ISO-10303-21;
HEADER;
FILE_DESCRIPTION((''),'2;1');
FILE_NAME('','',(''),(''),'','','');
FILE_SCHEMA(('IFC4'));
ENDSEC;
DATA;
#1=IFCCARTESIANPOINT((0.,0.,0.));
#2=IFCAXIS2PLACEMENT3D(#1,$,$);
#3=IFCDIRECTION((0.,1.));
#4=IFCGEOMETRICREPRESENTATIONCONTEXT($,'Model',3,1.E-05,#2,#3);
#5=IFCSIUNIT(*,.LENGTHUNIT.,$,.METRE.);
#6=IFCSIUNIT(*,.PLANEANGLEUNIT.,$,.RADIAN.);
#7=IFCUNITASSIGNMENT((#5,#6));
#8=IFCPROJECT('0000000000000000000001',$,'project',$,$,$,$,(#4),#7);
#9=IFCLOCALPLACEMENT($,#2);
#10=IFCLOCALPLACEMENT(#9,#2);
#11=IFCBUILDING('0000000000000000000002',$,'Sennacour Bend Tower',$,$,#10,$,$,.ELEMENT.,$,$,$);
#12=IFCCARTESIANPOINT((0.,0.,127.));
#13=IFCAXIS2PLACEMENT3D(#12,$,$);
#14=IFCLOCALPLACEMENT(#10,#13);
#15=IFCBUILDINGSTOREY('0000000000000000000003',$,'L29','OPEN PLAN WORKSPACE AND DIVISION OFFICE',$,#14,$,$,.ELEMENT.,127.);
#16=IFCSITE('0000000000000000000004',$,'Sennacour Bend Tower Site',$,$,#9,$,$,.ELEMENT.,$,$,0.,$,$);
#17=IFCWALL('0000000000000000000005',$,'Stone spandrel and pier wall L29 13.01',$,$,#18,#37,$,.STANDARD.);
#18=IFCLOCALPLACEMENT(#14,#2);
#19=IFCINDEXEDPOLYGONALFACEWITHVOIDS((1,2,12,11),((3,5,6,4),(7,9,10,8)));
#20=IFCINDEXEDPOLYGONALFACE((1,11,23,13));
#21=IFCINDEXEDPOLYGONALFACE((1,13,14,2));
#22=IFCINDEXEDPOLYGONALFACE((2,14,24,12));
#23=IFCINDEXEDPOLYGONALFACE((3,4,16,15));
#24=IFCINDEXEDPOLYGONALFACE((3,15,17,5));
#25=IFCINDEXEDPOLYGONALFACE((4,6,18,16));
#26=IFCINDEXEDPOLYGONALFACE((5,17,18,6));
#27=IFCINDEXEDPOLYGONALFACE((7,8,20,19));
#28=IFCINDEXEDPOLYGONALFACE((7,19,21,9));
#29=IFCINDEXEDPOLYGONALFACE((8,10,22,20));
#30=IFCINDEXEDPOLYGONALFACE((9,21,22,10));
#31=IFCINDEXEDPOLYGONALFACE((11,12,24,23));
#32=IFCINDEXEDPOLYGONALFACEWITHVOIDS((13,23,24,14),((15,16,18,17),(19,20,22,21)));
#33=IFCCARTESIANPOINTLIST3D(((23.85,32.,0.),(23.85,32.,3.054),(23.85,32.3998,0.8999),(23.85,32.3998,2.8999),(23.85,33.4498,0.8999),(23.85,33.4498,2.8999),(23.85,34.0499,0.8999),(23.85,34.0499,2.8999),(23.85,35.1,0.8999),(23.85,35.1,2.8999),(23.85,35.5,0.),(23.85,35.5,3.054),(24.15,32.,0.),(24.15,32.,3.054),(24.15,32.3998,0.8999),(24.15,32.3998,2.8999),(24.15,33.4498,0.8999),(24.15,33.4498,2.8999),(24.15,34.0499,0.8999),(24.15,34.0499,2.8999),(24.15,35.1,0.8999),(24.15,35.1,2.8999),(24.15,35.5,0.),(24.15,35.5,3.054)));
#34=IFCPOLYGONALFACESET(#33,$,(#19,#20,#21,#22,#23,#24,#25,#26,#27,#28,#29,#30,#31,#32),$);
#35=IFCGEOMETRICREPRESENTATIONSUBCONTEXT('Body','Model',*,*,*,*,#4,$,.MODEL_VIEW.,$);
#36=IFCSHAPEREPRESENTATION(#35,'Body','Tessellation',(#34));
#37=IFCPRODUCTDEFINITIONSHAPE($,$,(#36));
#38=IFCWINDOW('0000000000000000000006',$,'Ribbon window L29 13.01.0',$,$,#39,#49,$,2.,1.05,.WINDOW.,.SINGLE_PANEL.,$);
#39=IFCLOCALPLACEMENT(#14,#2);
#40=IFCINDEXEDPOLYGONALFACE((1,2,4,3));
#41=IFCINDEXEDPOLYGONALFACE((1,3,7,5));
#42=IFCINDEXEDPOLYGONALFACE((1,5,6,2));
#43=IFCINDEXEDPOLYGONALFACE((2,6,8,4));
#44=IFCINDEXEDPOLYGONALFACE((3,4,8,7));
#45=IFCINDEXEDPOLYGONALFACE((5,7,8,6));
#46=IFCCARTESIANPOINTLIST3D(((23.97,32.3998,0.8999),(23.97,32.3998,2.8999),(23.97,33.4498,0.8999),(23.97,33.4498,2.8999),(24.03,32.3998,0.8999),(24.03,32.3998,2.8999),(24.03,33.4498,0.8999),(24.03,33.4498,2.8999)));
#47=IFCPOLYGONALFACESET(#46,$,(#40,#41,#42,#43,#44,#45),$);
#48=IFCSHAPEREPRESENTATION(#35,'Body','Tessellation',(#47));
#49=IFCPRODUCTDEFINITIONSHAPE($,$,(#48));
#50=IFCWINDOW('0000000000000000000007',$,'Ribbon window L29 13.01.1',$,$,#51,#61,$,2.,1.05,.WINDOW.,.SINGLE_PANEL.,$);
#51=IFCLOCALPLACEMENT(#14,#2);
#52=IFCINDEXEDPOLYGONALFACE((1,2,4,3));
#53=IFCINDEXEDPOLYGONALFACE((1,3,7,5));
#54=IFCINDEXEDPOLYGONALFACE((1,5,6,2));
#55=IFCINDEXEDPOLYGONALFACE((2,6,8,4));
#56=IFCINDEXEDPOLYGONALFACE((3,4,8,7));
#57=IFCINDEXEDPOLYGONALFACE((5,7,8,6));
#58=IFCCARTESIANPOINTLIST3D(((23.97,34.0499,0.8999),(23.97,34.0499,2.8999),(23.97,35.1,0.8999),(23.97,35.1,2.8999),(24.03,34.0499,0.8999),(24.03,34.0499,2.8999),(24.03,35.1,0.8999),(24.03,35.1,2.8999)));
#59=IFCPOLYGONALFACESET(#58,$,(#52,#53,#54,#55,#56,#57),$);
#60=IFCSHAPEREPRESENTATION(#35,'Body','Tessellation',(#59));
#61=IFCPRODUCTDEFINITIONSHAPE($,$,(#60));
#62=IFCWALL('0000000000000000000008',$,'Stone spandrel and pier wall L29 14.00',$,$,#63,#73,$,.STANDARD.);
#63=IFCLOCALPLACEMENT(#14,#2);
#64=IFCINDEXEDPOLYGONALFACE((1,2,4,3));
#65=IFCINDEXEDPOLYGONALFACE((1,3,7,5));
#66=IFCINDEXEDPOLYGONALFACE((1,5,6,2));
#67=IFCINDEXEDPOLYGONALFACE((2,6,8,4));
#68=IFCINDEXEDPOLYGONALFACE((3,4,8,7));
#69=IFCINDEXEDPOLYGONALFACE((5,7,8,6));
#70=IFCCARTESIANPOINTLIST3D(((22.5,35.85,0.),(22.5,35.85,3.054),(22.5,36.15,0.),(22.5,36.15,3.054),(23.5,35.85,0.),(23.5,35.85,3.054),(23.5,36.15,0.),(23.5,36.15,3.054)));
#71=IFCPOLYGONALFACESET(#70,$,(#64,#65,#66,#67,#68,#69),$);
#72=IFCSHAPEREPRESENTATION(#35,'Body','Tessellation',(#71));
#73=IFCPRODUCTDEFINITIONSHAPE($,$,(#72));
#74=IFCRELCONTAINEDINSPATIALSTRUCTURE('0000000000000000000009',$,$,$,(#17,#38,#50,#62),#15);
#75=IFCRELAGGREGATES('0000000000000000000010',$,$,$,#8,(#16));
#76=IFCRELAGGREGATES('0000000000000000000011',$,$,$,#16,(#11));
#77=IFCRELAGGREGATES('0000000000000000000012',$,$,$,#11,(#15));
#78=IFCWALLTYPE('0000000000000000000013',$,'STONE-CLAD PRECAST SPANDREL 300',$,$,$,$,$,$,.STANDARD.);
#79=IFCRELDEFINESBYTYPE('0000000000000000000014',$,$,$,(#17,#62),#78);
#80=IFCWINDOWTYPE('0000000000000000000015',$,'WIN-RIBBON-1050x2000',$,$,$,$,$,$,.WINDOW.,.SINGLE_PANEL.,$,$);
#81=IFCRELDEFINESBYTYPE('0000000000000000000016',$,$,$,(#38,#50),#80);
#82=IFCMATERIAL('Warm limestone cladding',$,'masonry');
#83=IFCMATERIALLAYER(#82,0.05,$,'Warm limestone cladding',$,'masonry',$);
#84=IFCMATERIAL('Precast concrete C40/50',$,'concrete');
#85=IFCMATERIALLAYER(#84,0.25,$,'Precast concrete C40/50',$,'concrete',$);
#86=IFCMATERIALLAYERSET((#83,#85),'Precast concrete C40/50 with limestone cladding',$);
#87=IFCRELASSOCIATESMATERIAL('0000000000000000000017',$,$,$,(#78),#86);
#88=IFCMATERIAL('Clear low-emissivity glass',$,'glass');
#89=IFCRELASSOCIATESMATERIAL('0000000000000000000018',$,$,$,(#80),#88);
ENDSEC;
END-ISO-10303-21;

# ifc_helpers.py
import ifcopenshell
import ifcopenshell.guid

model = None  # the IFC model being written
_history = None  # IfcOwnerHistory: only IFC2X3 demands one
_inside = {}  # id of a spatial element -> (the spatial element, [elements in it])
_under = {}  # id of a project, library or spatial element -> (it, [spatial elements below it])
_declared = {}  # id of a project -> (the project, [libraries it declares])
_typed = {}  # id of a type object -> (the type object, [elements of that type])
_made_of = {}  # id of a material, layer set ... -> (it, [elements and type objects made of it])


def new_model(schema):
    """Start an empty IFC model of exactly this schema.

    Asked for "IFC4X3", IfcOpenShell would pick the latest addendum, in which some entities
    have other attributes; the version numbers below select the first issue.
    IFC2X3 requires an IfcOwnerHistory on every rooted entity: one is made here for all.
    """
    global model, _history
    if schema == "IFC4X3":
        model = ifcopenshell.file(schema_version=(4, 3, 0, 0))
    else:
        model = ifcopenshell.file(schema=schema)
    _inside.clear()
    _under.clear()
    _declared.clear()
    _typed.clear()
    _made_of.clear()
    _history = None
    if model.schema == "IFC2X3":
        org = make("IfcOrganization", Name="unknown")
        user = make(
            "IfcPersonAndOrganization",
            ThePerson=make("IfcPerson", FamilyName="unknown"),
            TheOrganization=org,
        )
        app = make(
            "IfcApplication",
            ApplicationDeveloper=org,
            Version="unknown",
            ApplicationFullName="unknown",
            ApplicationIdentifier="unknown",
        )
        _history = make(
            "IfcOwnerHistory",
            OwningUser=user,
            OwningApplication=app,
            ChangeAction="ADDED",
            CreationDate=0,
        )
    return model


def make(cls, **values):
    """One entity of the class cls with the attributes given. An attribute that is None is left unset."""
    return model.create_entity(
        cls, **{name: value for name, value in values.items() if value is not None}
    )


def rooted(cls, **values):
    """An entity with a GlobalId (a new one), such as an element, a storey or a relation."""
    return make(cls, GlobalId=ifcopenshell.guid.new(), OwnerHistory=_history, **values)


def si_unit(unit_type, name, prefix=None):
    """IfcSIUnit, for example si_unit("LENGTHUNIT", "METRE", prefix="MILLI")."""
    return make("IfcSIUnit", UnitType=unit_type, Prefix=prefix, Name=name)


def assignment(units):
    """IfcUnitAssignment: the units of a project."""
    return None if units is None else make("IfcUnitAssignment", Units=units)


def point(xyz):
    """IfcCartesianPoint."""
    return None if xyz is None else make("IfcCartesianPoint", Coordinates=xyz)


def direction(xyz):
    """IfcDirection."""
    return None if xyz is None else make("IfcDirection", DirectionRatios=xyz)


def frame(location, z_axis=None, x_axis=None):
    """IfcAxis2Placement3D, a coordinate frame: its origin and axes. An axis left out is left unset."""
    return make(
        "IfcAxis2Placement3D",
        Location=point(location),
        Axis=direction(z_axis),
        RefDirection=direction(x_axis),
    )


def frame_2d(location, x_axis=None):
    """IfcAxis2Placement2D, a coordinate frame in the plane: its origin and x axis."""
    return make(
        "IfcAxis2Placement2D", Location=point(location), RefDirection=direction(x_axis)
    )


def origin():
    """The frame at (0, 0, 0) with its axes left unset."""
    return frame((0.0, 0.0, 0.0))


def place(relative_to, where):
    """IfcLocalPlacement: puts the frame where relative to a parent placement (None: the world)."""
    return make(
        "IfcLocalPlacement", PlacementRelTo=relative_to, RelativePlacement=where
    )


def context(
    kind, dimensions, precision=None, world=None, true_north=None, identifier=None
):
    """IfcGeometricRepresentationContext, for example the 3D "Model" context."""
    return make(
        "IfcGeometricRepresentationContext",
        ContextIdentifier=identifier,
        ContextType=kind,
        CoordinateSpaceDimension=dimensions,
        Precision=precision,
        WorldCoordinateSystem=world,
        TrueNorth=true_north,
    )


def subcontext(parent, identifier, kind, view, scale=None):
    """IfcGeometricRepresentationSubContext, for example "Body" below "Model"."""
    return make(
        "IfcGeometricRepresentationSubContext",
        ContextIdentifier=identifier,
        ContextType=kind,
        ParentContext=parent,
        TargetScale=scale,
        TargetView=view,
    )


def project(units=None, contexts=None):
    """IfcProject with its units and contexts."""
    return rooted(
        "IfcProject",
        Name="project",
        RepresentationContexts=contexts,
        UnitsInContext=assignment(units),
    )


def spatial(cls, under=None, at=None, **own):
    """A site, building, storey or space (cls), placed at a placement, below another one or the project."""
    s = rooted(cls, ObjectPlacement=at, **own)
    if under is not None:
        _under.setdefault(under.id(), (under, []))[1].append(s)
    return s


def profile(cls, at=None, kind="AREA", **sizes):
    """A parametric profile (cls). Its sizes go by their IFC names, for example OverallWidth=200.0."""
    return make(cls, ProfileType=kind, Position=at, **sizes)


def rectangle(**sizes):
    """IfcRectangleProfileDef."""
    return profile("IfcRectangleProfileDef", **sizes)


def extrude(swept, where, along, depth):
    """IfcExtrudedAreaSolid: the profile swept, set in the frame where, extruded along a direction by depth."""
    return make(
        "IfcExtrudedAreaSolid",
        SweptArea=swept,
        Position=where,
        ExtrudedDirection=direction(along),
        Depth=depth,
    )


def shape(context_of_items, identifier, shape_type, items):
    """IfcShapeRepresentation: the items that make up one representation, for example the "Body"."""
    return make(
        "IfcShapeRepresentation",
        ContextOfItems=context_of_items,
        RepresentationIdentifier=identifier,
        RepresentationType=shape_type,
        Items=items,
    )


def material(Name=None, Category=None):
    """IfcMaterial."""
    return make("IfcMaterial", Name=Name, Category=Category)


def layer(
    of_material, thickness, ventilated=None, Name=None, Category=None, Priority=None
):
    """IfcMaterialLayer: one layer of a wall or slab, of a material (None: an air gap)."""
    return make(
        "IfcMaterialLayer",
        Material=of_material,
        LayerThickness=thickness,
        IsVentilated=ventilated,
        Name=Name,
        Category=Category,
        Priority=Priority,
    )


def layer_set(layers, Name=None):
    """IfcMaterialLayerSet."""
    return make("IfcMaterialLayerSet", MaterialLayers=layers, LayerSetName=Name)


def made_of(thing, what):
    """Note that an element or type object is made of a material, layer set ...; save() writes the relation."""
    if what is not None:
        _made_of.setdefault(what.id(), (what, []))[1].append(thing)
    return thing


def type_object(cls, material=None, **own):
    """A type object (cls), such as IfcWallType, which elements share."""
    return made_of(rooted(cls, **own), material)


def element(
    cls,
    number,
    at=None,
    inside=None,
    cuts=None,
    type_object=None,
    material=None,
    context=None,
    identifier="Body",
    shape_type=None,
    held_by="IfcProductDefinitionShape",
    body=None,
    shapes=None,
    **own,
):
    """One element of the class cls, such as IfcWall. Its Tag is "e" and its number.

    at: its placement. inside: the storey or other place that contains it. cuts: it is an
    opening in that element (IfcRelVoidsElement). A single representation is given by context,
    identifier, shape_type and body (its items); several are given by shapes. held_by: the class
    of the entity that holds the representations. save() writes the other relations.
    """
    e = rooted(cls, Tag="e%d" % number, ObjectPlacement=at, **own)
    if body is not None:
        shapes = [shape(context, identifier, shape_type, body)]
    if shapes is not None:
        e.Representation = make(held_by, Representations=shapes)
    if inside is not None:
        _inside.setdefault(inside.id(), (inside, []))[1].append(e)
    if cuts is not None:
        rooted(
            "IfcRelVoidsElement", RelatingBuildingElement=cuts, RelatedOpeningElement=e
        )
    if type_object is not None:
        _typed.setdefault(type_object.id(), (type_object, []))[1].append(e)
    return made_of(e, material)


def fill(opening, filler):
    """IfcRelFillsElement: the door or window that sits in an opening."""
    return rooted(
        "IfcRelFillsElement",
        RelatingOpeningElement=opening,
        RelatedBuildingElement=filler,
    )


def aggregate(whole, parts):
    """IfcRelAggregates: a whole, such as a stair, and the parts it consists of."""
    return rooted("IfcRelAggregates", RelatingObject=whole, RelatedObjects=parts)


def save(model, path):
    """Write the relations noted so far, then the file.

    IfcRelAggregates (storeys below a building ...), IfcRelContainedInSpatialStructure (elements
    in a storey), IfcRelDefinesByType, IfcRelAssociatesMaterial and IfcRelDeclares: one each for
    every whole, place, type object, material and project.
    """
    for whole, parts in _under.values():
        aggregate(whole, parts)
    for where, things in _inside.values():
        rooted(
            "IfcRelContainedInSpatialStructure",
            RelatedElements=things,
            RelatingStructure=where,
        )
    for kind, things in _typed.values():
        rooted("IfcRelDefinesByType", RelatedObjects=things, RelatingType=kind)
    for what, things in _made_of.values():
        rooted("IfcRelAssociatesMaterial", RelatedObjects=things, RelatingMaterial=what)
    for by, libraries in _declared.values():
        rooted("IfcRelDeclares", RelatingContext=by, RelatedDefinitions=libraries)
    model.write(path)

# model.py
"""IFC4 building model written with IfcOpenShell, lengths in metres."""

from ifc_helpers import new_model, si_unit, direction, frame, frame_2d, origin, place, context, subcontext, project, spatial, rectangle, extrude, material, layer, layer_set, type_object, element, fill, save


model = new_model("IFC4")

# Units and contexts
model_context = context("Model", 3, precision=1e-05, world=origin(), true_north=direction((0.0, 1.0)))
body_context = subcontext(model_context, "Body", "Model", "MODEL_VIEW")
ifc_project = project(units=[si_unit("LENGTHUNIT", "METRE"), si_unit("PLANEANGLEUNIT", "RADIAN")], contexts=[model_context])

# Site, building, storey
site_placement = place(None, origin())
site = spatial("IfcSite", under=ifc_project, at=site_placement, Name="Sennacour Bend Tower Site", CompositionType="ELEMENT", RefElevation=0.0)
building_placement = place(site_placement, origin())
building = spatial("IfcBuilding", under=site, at=building_placement, Name="Sennacour Bend Tower", CompositionType="ELEMENT")
storey_placement = place(building_placement, frame((0.0, 0.0, 127.0)))
storey = spatial("IfcBuildingStorey", under=building, at=storey_placement, Name="L29", Description="OPEN PLAN WORKSPACE AND DIVISION OFFICE", CompositionType="ELEMENT", Elevation=127.0)

# Shared definitions
ifc_material_1 = material(Name="Warm limestone cladding", Category="masonry")
ifc_layer_1 = layer(ifc_material_1, 0.05, Name="Warm limestone cladding", Category="masonry")
ifc_material_2 = material(Name="Precast concrete C40/50", Category="concrete")
ifc_layer_2 = layer(ifc_material_2, 0.25, Name="Precast concrete C40/50", Category="concrete")
ifc_layer_set_1 = layer_set([ifc_layer_1, ifc_layer_2], Name="Precast concrete C40/50 with limestone cladding")
wall_type = type_object("IfcWallType", Name="STONE-CLAD PRECAST SPANDREL 300", PredefinedType="STANDARD", material=ifc_layer_set_1)

# Wall, openings, windows
ifc_material_3 = material(Name="Clear low-emissivity glass", Category="glass")
window_type_1 = type_object("IfcWindowType", Name="WIN-RIBBON-1050x2000", PartitioningType="SINGLE_PANEL", PredefinedType="WINDOW", material=ifc_material_3)
wall_1_placement = place(storey_placement, frame((24.0, 32.0, 0.0), z_axis=(0.0, 0.0, 1.0), x_axis=(0.0, 1.0, 0.0)))
wall_1 = element("IfcWall", 1, at=wall_1_placement, inside=storey, type_object=wall_type, Name="Stone spandrel and pier wall L29 13.01", PredefinedType="STANDARD", context=body_context, shape_type="SweptSolid", body=[
    extrude(rectangle(XDim=3.5, YDim=0.3, at=frame_2d((1.75, 0.0))), origin(), (0.0, 0.0, 1.0), 3.054),
])
opening_1_placement = place(wall_1_placement, frame((0.3999, 0.0, 0.8999)))
opening_1 = element("IfcOpeningElement", 2, at=opening_1_placement, cuts=wall_1, PredefinedType="OPENING", context=body_context, shape_type="SweptSolid", body=[
    extrude(rectangle(XDim=1.05, YDim=2.0, at=frame_2d((0.5249, 1.0))), frame((0.0, 0.1602, 0.0), z_axis=(0.0, -1.0, 0.0), x_axis=(1.0, 0.0, 0.0)), (0.0, 0.0, 1.0), 0.3201),
])
opening_2_placement = place(wall_1_placement, frame((2.05, 0.0, 0.8999)))
opening_2 = element("IfcOpeningElement", 3, at=opening_2_placement, cuts=wall_1, PredefinedType="OPENING", context=body_context, shape_type="SweptSolid", body=[
    extrude(rectangle(XDim=1.05, YDim=2.0, at=frame_2d((0.5249, 1.0))), frame((0.0, 0.1602, 0.0), z_axis=(0.0, -1.0, 0.0), x_axis=(1.0, 0.0, 0.0)), (0.0, 0.0, 1.0), 0.3201),
])
window_1_placement = place(opening_1_placement, origin())
window_1 = element("IfcWindow", 4, at=window_1_placement, inside=storey, type_object=window_type_1, Name="Ribbon window L29 13.01.0", OverallHeight=2.0, OverallWidth=1.05, PartitioningType="SINGLE_PANEL", PredefinedType="WINDOW", context=body_context, shape_type="SweptSolid", body=[
    extrude(rectangle(XDim=1.05, YDim=2.0, at=frame_2d((0.5249, 1.0))), frame((0.0, 0.03, 0.0), z_axis=(0.0, -1.0, 0.0), x_axis=(1.0, 0.0, 0.0)), (0.0, 0.0, 1.0), 0.0601),
])
fill(opening_1, window_1)
window_2_placement = place(opening_2_placement, origin())
window_2 = element("IfcWindow", 5, at=window_2_placement, inside=storey, type_object=window_type_1, Name="Ribbon window L29 13.01.1", OverallHeight=2.0, OverallWidth=1.05, PartitioningType="SINGLE_PANEL", PredefinedType="WINDOW", context=body_context, shape_type="SweptSolid", body=[
    extrude(rectangle(XDim=1.05, YDim=2.0, at=frame_2d((0.5249, 1.0))), frame((0.0, 0.03, 0.0), z_axis=(0.0, -1.0, 0.0), x_axis=(1.0, 0.0, 0.0)), (0.0, 0.0, 1.0), 0.0601),
])
fill(opening_2, window_2)

# Wall
wall_2_placement = place(storey_placement, frame((23.5, 36.0, 0.0), z_axis=(0.0, 0.0, 1.0), x_axis=(-1.0, 0.0, 0.0)))
element("IfcWall", 6, at=wall_2_placement, inside=storey, type_object=wall_type, Name="Stone spandrel and pier wall L29 14.00", PredefinedType="STANDARD", context=body_context, shape_type="SweptSolid", body=[
    extrude(rectangle(XDim=1.0, YDim=0.3, at=frame_2d((0.5, 0.0))), origin(), (0.0, 0.0, 1.0), 3.054),
])

save(model, "model.ifc")
